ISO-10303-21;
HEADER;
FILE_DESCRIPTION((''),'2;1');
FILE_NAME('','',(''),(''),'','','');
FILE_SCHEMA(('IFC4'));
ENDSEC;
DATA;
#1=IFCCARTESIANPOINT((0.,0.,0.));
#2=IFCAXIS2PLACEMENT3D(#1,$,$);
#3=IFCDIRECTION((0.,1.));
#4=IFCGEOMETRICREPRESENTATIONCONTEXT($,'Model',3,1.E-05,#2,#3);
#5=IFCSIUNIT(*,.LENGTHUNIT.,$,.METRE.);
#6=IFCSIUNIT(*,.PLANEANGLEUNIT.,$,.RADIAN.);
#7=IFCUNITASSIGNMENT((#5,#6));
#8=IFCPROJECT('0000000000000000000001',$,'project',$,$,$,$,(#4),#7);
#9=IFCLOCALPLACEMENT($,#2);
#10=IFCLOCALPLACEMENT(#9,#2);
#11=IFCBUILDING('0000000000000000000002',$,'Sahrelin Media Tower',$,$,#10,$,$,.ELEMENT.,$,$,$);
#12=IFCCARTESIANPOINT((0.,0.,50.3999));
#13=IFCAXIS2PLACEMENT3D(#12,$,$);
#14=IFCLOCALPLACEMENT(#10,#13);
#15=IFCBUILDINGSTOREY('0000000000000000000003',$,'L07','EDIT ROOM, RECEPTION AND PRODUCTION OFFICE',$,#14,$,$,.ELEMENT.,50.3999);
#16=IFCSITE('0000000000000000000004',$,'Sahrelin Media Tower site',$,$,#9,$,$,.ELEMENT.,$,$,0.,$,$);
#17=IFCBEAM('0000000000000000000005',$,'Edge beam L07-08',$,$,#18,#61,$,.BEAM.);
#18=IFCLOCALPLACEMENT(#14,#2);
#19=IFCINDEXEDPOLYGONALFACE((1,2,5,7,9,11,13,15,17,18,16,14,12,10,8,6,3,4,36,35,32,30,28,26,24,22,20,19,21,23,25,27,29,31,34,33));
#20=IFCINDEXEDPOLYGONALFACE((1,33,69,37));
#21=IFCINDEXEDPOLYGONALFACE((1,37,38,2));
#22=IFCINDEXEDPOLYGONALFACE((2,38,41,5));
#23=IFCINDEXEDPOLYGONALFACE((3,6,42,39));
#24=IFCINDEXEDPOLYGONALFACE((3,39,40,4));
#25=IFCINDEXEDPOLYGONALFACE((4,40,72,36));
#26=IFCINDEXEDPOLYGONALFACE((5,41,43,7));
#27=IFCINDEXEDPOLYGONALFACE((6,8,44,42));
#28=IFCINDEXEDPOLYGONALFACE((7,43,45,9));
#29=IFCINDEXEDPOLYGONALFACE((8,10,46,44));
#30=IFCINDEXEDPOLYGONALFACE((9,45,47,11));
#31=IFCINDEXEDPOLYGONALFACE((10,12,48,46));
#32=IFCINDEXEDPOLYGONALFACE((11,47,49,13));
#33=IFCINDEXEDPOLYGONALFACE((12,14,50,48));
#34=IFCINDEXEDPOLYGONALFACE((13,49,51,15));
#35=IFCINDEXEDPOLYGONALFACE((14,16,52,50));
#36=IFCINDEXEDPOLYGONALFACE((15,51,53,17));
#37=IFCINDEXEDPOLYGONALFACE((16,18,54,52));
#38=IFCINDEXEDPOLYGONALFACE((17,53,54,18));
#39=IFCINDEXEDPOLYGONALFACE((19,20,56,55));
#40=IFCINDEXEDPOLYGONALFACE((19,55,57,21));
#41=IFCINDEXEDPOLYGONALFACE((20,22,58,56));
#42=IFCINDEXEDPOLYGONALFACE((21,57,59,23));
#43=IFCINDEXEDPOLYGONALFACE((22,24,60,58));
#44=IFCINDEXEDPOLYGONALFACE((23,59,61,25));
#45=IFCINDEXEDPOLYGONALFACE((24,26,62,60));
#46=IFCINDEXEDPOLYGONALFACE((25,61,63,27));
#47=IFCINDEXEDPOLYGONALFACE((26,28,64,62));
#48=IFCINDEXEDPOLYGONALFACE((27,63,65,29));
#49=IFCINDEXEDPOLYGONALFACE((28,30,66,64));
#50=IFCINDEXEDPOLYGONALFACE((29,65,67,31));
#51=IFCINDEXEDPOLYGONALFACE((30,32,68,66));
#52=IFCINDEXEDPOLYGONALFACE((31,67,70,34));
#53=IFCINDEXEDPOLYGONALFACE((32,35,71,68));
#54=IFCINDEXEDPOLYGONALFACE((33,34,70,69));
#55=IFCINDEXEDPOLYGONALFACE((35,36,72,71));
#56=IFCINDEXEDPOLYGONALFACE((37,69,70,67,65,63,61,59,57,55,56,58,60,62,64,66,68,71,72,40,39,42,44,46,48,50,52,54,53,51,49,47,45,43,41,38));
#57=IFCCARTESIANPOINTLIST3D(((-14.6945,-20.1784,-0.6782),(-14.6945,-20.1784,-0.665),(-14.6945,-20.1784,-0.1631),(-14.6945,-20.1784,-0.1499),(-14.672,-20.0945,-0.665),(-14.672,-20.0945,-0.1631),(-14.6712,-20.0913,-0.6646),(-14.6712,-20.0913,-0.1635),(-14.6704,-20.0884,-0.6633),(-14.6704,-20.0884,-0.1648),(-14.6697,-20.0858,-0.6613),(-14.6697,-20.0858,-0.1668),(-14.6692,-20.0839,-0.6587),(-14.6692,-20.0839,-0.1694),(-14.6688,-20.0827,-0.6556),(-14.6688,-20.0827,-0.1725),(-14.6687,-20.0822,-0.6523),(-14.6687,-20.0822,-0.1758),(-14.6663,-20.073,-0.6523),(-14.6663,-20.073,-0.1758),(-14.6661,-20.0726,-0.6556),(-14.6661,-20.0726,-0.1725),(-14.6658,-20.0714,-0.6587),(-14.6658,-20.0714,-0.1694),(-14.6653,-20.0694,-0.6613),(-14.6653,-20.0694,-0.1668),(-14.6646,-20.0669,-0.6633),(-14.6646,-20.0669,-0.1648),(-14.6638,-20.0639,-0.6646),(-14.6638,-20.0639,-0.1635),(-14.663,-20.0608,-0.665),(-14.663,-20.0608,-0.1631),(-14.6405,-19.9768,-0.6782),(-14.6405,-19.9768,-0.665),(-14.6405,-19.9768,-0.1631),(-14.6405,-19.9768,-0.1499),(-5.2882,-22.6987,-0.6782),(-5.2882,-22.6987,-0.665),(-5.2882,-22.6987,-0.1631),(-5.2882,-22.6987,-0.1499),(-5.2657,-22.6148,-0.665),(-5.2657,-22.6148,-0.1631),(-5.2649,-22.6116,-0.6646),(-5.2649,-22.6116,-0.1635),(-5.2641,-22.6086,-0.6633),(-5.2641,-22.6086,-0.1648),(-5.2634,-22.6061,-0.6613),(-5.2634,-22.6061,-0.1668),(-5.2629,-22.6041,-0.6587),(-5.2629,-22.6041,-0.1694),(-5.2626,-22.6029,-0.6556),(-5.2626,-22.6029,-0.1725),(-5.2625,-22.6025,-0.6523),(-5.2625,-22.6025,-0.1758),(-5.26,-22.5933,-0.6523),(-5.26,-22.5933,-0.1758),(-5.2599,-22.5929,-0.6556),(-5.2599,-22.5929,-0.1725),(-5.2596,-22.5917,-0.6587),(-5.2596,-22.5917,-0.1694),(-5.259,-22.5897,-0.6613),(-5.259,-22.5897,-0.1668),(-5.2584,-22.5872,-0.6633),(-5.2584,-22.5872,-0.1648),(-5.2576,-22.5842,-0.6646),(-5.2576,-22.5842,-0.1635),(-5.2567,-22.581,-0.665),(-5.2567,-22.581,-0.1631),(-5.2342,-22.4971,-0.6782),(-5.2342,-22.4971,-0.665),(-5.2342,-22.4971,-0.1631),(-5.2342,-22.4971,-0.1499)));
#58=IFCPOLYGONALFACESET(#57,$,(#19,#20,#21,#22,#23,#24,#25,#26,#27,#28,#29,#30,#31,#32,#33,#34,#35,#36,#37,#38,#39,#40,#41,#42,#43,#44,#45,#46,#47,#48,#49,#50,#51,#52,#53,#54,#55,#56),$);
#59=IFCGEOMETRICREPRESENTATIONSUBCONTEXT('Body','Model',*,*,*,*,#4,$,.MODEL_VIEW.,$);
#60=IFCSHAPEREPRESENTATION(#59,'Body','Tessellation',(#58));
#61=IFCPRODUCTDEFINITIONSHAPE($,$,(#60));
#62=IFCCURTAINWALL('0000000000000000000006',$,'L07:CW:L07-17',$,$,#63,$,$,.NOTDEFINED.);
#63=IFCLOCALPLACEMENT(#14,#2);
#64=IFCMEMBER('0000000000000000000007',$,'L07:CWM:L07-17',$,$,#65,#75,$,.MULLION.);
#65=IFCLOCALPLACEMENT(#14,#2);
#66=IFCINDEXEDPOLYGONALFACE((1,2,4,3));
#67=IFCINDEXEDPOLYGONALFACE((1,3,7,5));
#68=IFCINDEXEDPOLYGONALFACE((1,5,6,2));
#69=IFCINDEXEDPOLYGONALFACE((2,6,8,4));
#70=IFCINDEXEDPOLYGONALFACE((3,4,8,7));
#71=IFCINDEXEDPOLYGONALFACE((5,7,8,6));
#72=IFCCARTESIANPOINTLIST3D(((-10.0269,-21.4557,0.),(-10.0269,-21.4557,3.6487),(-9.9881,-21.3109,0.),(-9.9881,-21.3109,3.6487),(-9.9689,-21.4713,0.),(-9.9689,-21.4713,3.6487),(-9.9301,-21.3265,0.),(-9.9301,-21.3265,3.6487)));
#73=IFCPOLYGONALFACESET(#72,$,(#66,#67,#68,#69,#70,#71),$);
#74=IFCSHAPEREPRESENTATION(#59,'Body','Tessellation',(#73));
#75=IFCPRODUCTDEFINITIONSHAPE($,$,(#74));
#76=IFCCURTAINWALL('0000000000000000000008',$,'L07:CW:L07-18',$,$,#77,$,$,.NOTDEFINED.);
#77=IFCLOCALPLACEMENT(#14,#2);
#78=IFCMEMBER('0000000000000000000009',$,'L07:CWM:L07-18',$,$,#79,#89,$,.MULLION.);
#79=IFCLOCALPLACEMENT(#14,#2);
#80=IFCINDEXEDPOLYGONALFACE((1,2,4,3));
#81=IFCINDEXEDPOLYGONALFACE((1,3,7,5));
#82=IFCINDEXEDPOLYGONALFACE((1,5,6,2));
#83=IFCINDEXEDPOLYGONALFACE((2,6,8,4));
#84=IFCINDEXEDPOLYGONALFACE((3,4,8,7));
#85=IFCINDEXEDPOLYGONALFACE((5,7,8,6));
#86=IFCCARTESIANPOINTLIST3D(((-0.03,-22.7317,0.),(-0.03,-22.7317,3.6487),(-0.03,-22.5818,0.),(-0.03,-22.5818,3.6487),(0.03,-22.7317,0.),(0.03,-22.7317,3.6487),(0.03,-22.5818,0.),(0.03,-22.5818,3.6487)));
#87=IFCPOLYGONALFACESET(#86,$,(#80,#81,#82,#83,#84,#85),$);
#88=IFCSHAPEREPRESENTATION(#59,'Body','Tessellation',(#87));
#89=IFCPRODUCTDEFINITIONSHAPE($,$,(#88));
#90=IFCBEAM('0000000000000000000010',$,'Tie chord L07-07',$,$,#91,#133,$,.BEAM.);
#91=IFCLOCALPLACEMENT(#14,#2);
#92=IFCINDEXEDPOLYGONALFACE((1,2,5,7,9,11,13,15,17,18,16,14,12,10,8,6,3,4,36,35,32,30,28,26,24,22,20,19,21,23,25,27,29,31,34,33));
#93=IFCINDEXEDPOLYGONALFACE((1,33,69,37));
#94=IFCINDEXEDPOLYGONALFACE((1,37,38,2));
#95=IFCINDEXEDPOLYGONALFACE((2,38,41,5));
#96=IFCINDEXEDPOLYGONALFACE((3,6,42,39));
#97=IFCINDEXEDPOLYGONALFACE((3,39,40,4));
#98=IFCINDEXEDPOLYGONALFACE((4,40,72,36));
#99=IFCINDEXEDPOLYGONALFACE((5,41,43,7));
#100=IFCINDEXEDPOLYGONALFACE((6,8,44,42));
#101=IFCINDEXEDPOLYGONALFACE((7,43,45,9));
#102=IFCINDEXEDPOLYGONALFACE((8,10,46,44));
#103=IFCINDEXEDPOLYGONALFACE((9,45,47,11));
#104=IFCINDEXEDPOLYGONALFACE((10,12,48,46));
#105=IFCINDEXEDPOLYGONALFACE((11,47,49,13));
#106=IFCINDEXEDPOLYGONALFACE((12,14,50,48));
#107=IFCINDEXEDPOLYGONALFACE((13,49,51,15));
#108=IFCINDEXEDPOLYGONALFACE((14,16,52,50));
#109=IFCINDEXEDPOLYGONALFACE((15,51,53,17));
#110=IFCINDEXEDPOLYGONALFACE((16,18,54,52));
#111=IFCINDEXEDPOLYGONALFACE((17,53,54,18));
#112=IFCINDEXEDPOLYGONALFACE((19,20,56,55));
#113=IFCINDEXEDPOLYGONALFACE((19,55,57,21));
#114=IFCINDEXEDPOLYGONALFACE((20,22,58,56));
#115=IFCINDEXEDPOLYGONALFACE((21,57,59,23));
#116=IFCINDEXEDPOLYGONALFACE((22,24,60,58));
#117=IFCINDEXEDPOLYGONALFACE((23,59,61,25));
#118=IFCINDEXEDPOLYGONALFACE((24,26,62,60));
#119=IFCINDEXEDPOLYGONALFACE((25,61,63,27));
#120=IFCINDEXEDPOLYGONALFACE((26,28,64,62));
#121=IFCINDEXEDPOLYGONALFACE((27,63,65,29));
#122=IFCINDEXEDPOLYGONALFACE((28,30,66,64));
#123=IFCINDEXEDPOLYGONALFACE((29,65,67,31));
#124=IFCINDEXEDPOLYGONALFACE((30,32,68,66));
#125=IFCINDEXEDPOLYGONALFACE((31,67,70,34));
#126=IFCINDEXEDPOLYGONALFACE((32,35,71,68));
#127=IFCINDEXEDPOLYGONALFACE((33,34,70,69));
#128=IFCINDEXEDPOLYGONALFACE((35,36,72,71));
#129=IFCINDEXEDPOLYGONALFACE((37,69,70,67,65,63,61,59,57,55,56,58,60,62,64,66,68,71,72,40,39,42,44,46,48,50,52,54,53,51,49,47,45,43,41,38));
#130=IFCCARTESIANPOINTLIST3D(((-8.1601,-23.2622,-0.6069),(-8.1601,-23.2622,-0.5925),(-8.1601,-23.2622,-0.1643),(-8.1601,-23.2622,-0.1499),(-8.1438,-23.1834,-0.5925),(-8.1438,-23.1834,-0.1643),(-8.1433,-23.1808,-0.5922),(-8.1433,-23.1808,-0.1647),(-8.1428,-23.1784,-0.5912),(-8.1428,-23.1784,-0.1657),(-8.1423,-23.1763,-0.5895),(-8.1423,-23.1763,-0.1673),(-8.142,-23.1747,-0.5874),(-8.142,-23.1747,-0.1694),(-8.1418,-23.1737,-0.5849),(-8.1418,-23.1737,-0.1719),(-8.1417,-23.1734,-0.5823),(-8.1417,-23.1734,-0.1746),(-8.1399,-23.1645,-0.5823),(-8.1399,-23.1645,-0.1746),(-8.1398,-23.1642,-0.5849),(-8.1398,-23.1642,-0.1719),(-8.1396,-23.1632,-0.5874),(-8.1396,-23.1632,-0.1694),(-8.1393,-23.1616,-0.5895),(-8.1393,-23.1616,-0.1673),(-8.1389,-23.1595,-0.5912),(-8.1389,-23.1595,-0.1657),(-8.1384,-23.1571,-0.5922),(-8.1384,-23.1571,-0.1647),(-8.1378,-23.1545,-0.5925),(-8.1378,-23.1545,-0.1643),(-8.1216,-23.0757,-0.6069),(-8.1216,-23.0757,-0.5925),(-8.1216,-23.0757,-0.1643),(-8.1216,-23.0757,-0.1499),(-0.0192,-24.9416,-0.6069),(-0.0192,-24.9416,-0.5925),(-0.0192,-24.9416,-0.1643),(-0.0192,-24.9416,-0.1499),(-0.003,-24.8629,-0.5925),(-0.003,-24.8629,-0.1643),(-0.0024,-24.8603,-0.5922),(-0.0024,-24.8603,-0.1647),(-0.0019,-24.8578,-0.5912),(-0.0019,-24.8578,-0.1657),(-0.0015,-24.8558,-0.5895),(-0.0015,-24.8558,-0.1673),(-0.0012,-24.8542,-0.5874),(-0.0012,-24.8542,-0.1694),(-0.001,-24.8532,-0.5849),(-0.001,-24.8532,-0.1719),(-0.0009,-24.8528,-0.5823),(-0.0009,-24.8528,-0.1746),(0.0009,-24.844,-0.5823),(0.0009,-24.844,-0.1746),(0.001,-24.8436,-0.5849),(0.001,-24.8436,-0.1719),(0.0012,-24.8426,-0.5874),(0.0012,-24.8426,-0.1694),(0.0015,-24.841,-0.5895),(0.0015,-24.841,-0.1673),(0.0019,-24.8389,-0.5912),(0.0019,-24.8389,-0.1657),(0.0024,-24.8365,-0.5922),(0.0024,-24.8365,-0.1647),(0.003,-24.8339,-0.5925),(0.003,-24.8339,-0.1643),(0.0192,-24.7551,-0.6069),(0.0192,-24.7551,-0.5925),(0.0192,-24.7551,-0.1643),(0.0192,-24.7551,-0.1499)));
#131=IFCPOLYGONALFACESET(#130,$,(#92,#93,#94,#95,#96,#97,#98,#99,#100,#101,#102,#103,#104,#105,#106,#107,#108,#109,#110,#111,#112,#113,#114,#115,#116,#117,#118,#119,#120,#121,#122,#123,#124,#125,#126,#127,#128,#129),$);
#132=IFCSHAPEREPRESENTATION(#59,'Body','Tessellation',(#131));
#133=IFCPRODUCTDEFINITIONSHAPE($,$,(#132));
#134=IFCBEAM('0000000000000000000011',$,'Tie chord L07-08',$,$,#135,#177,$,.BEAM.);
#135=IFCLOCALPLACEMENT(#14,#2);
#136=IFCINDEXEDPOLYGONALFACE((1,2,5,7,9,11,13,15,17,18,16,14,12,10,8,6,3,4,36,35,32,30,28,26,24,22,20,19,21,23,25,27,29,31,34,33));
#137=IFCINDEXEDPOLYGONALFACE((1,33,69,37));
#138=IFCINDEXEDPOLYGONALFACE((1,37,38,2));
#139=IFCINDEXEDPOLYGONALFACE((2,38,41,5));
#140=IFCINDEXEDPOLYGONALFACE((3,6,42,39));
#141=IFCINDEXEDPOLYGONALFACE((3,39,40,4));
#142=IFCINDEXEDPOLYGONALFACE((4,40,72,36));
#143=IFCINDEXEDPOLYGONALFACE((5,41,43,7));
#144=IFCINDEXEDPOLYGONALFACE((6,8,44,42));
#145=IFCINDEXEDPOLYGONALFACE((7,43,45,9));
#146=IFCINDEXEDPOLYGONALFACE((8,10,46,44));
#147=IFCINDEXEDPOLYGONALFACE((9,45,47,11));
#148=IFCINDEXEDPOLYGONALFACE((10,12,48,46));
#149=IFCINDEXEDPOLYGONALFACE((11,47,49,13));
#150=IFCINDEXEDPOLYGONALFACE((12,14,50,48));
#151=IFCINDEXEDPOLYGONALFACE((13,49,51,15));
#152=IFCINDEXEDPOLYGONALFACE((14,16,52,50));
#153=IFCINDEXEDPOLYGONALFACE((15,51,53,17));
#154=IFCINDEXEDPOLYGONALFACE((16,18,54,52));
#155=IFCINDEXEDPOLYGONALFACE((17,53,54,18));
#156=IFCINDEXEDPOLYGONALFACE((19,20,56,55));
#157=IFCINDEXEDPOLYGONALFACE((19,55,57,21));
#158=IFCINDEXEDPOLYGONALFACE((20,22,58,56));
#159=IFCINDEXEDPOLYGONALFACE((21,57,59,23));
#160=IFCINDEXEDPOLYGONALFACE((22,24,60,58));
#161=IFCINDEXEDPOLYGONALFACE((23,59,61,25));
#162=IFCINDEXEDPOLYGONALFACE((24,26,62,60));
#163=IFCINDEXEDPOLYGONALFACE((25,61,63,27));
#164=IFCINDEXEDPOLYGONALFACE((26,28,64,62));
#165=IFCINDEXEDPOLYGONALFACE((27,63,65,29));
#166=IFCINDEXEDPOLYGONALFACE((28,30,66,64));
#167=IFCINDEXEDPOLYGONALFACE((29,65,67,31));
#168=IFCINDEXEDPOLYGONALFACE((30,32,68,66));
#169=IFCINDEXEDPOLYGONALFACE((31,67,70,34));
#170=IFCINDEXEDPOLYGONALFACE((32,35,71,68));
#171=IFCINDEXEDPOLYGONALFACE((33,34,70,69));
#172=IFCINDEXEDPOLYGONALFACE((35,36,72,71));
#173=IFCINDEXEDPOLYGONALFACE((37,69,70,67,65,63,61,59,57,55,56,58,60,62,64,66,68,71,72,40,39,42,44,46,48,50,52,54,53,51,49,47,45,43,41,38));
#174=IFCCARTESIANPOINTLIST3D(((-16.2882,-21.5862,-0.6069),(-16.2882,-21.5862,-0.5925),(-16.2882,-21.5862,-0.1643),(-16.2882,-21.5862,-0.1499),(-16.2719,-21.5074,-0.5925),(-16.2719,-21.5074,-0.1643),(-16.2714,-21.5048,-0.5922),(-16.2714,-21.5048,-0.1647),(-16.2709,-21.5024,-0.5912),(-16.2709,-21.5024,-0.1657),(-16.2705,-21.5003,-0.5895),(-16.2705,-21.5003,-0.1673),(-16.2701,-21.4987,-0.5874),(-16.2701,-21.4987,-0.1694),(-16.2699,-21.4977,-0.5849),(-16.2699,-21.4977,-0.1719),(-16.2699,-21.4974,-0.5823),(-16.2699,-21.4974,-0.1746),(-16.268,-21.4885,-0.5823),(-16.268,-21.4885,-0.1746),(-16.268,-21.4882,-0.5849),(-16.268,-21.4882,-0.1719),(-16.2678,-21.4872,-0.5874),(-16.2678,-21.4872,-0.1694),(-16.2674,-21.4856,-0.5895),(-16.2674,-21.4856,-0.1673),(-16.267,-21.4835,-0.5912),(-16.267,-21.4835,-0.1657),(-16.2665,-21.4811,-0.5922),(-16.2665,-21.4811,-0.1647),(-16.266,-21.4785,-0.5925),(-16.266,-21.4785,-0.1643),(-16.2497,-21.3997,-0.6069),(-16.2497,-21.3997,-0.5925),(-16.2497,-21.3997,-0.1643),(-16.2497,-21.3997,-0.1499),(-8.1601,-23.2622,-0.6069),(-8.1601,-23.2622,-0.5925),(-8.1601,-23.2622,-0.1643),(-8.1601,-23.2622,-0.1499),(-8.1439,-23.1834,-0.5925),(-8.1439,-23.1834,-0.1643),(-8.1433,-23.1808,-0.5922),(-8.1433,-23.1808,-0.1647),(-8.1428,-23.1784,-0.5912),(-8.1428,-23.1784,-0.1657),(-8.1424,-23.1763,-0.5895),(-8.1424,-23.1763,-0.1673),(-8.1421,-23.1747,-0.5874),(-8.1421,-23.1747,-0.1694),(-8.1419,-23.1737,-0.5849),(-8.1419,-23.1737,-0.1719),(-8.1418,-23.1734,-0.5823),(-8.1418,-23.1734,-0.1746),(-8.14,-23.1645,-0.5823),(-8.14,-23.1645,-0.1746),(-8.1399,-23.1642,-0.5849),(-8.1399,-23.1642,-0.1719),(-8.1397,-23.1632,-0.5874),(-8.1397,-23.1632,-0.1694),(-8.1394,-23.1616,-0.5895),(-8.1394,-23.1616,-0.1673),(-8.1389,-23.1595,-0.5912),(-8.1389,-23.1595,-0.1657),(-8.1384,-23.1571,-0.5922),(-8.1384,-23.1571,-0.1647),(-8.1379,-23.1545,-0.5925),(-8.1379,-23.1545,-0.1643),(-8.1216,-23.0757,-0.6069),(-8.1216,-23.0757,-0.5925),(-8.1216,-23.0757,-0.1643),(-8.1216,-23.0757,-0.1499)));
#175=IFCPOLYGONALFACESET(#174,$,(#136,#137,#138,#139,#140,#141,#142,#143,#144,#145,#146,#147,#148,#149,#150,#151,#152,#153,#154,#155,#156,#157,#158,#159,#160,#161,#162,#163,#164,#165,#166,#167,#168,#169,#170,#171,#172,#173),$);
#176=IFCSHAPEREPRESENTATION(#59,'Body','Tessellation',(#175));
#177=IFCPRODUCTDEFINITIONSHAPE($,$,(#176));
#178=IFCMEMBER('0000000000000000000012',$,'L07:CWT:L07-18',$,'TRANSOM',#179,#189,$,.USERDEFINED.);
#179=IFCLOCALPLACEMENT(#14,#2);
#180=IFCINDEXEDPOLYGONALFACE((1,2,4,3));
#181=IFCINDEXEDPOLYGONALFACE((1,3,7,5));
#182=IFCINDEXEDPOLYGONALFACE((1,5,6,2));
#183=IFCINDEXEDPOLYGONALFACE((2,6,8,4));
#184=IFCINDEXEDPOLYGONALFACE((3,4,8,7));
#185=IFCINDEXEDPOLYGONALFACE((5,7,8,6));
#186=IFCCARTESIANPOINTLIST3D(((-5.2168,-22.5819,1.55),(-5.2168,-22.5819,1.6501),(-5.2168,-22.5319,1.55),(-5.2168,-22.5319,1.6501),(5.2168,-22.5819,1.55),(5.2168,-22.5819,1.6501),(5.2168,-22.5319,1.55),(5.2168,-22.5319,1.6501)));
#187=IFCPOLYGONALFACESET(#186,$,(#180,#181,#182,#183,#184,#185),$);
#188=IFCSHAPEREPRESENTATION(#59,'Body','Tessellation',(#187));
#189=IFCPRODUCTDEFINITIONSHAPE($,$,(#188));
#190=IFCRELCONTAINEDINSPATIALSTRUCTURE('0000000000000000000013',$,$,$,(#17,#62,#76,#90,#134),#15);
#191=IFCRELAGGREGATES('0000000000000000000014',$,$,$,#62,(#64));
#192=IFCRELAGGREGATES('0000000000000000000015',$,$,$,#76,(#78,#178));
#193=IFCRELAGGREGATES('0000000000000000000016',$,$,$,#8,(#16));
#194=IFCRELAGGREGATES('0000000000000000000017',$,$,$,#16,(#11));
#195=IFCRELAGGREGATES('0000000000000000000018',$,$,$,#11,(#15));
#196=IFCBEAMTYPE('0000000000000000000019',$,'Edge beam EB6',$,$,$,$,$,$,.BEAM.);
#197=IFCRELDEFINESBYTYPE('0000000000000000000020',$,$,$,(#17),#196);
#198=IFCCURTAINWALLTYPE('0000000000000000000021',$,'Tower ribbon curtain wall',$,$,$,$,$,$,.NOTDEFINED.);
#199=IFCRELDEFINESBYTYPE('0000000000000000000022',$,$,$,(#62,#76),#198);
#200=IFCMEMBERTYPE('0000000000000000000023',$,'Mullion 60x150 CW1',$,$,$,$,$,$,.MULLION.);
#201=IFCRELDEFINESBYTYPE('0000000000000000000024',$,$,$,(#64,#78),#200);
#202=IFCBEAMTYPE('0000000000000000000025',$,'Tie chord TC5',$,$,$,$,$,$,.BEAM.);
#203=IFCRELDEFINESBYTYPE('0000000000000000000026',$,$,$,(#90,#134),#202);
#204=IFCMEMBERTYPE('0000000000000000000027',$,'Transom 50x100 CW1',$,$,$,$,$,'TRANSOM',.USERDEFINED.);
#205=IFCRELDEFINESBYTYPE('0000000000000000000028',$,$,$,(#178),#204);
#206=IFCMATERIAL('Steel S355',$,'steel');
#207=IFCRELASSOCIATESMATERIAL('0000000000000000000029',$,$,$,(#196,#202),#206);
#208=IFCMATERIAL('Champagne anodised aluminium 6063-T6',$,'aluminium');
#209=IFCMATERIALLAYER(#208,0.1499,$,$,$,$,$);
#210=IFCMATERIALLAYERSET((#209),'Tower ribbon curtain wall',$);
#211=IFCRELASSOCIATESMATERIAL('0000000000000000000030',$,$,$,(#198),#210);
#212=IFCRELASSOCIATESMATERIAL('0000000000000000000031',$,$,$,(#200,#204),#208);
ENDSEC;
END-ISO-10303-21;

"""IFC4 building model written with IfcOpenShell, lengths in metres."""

from ifc_helpers import new_model, si_unit, direction, frame, origin, origin_2d, place, context, subcontext, project, spatial, rectangle, i_section, extrude, material, layer, layer_set, material_profile, profile_set, type_object, element, aggregate, save


model = new_model("IFC4")

# Units and contexts
model_context = context("Model", 3, precision=1e-05, world=origin(), true_north=direction((0.0, 1.0)))
body_context = subcontext(model_context, "Body", "Model", "MODEL_VIEW")
ifc_project = project(units=[si_unit("LENGTHUNIT", "METRE"), si_unit("PLANEANGLEUNIT", "RADIAN")], contexts=[model_context])

# Site, building, storey
site_placement = place(None, origin())
site = spatial("IfcSite", under=ifc_project, at=site_placement, Name="Sahrelin Media Tower site", CompositionType="ELEMENT", RefElevation=0.0)
building_placement = place(site_placement, origin())
building = spatial("IfcBuilding", under=site, at=building_placement, Name="Sahrelin Media Tower", CompositionType="ELEMENT")
storey_placement = place(building_placement, frame((0.0, 0.0, 50.3999)))
storey = spatial("IfcBuildingStorey", under=building, at=storey_placement, Name="L07", Description="EDIT ROOM, RECEPTION AND PRODUCTION OFFICE", CompositionType="ELEMENT", Elevation=50.3999)

# Beam
ifc_material_1 = material(Name="Steel S355", Category="steel")
ifc_material_profile_1 = material_profile(ifc_material_1, i_section(OverallWidth=0.2087, OverallDepth=0.5283, WebThickness=0.0095, FlangeThickness=0.0132, FilletRadius=0.0127, at=origin_2d()), Name="UB 533x210x82")
ifc_profile_set_1 = profile_set([ifc_material_profile_1], Name="Steel S355")
beam_type_1 = type_object("IfcBeamType", Name="Edge beam EB6", PredefinedType="BEAM", material=ifc_profile_set_1)
beam_1_placement = place(storey_placement, frame((-5.2612, -22.5979, -0.4141), z_axis=(-0.965929, 0.258806, 0.0), x_axis=(-0.258806, -0.965929, 0.0)))
element("IfcBeam", 1, at=beam_1_placement, inside=storey, type_object=beam_type_1, Name="Edge beam L07-08", PredefinedType="BEAM", context=body_context, shape_type="SweptSolid", body=[
    extrude(i_section(OverallWidth=0.2087, OverallDepth=0.5283, WebThickness=0.0095, FlangeThickness=0.0132, FilletRadius=0.0127, at=origin_2d()), origin(), (0.0, 0.0, 1.0), 9.738),
])

# Curtain walls, members
ifc_material_2 = material(Name="Champagne anodised aluminium 6063-T6", Category="aluminium")
ifc_layer_1 = layer(ifc_material_2, 0.1499)
ifc_layer_set_1 = layer_set([ifc_layer_1], Name="Tower ribbon curtain wall")
curtain_wall_type = type_object("IfcCurtainWallType", Name="Tower ribbon curtain wall", PredefinedType="NOTDEFINED", material=ifc_layer_set_1)
curtain_wall_1_placement = place(storey_placement, frame((-10.0032, -21.4829, 0.0), z_axis=(0.0, 0.0, 1.0), x_axis=(1.0, 0.0, 0.0)))
curtain_wall_1 = element("IfcCurtainWall", 2, at=curtain_wall_1_placement, inside=storey, type_object=curtain_wall_type, Name="L07:CW:L07-17", PredefinedType="NOTDEFINED")
ifc_material_profile_2 = material_profile(ifc_material_2, rectangle(XDim=0.0601, YDim=0.1499, at=origin_2d()), Name="Mullion 60x150")
ifc_profile_set_2 = profile_set([ifc_material_profile_2], Name="Champagne anodised aluminium 6063-T6")
member_type_1 = type_object("IfcMemberType", Name="Mullion 60x150 CW1", PredefinedType="MULLION", material=ifc_profile_set_2)
member_1_placement = place(storey_placement, frame((-9.9785, -21.3911, 0.0), z_axis=(0.0, 0.0, 1.0), x_axis=(0.965927, -0.258814, 0.0)))
member_1 = element("IfcMember", 3, at=member_1_placement, type_object=member_type_1, Name="L07:CWM:L07-17", PredefinedType="MULLION", context=body_context, shape_type="SweptSolid", body=[
    extrude(rectangle(XDim=0.0601, YDim=0.1499, at=origin_2d()), origin(), (0.0, 0.0, 1.0), 3.6487),
])
aggregate(curtain_wall_1, [member_1])
curtain_wall_2_placement = place(storey_placement, frame((0.0, -22.7517, 0.0), z_axis=(0.0, 0.0, 1.0), x_axis=(1.0, 0.0, 0.0)))
curtain_wall_2 = element("IfcCurtainWall", 4, at=curtain_wall_2_placement, inside=storey, type_object=curtain_wall_type, Name="L07:CW:L07-18", PredefinedType="NOTDEFINED")
member_2_placement = place(storey_placement, frame((0.0, -22.6567, 0.0), z_axis=(0.0, 0.0, 1.0), x_axis=(1.0, 0.0, 0.0)))
member_2 = element("IfcMember", 5, at=member_2_placement, type_object=member_type_1, Name="L07:CWM:L07-18", PredefinedType="MULLION", context=body_context, shape_type="SweptSolid", body=[
    extrude(rectangle(XDim=0.0601, YDim=0.1499, at=origin_2d()), origin(), (0.0, 0.0, 1.0), 3.6487),
])

# Beams
ifc_material_profile_3 = material_profile(ifc_material_1, i_section(OverallWidth=0.1904, OverallDepth=0.457, WebThickness=0.009, FlangeThickness=0.0144, FilletRadius=0.0103, at=origin_2d()), Name="UB 457x191x74")
ifc_profile_set_3 = profile_set([ifc_material_profile_3], Name="Steel S355")
beam_type_2 = type_object("IfcBeamType", Name="Tie chord TC5", PredefinedType="BEAM", material=ifc_profile_set_3)
beam_2_placement = place(storey_placement, frame((0.0, -24.8484, -0.3784), z_axis=(-0.979377, 0.202043, 0.0), x_axis=(-0.202043, -0.979377, 0.0)))
element("IfcBeam", 6, at=beam_2_placement, inside=storey, type_object=beam_type_2, Name="Tie chord L07-07", PredefinedType="BEAM", context=body_context, shape_type="SweptSolid", body=[
    extrude(i_section(OverallWidth=0.1904, OverallDepth=0.457, WebThickness=0.009, FlangeThickness=0.0144, FilletRadius=0.0103, at=origin_2d()), origin(), (0.0, 0.0, 1.0), 8.3123),
])
beam_3_placement = place(storey_placement, frame((-8.1409, -23.1689, -0.3784), z_axis=(-0.979396, 0.201951, 0.0), x_axis=(-0.201951, -0.979396, 0.0)))
element("IfcBeam", 7, at=beam_3_placement, inside=storey, type_object=beam_type_2, Name="Tie chord L07-08", PredefinedType="BEAM", context=body_context, shape_type="SweptSolid", body=[
    extrude(i_section(OverallWidth=0.1904, OverallDepth=0.457, WebThickness=0.009, FlangeThickness=0.0144, FilletRadius=0.0103, at=origin_2d()), origin(), (0.0, 0.0, 1.0), 8.2991),
])

# Member
ifc_material_profile_4 = material_profile(ifc_material_2, rectangle(XDim=0.05, YDim=0.1001, at=origin_2d()), Name="Transom 50x100")
ifc_profile_set_4 = profile_set([ifc_material_profile_4], Name="Champagne anodised aluminium 6063-T6")
member_type_2 = type_object("IfcMemberType", Name="Transom 50x100 CW1", ElementType="TRANSOM", PredefinedType="USERDEFINED", material=ifc_profile_set_4)
member_3_placement = place(storey_placement, frame((-5.2168, -22.5569, 1.6001), z_axis=(1.0, 0.0, 0.0), x_axis=(0.0, 1.0, 0.0)))
member_3 = element("IfcMember", 8, at=member_3_placement, type_object=member_type_2, Name="L07:CWT:L07-18", ObjectType="TRANSOM", PredefinedType="USERDEFINED", context=body_context, shape_type="SweptSolid", body=[
    extrude(rectangle(XDim=0.05, YDim=0.1001, at=origin_2d()), origin(), (0.0, 0.0, 1.0), 10.4336),
])

aggregate(curtain_wall_2, [member_2, member_3])

save(model, "model.ifc")
